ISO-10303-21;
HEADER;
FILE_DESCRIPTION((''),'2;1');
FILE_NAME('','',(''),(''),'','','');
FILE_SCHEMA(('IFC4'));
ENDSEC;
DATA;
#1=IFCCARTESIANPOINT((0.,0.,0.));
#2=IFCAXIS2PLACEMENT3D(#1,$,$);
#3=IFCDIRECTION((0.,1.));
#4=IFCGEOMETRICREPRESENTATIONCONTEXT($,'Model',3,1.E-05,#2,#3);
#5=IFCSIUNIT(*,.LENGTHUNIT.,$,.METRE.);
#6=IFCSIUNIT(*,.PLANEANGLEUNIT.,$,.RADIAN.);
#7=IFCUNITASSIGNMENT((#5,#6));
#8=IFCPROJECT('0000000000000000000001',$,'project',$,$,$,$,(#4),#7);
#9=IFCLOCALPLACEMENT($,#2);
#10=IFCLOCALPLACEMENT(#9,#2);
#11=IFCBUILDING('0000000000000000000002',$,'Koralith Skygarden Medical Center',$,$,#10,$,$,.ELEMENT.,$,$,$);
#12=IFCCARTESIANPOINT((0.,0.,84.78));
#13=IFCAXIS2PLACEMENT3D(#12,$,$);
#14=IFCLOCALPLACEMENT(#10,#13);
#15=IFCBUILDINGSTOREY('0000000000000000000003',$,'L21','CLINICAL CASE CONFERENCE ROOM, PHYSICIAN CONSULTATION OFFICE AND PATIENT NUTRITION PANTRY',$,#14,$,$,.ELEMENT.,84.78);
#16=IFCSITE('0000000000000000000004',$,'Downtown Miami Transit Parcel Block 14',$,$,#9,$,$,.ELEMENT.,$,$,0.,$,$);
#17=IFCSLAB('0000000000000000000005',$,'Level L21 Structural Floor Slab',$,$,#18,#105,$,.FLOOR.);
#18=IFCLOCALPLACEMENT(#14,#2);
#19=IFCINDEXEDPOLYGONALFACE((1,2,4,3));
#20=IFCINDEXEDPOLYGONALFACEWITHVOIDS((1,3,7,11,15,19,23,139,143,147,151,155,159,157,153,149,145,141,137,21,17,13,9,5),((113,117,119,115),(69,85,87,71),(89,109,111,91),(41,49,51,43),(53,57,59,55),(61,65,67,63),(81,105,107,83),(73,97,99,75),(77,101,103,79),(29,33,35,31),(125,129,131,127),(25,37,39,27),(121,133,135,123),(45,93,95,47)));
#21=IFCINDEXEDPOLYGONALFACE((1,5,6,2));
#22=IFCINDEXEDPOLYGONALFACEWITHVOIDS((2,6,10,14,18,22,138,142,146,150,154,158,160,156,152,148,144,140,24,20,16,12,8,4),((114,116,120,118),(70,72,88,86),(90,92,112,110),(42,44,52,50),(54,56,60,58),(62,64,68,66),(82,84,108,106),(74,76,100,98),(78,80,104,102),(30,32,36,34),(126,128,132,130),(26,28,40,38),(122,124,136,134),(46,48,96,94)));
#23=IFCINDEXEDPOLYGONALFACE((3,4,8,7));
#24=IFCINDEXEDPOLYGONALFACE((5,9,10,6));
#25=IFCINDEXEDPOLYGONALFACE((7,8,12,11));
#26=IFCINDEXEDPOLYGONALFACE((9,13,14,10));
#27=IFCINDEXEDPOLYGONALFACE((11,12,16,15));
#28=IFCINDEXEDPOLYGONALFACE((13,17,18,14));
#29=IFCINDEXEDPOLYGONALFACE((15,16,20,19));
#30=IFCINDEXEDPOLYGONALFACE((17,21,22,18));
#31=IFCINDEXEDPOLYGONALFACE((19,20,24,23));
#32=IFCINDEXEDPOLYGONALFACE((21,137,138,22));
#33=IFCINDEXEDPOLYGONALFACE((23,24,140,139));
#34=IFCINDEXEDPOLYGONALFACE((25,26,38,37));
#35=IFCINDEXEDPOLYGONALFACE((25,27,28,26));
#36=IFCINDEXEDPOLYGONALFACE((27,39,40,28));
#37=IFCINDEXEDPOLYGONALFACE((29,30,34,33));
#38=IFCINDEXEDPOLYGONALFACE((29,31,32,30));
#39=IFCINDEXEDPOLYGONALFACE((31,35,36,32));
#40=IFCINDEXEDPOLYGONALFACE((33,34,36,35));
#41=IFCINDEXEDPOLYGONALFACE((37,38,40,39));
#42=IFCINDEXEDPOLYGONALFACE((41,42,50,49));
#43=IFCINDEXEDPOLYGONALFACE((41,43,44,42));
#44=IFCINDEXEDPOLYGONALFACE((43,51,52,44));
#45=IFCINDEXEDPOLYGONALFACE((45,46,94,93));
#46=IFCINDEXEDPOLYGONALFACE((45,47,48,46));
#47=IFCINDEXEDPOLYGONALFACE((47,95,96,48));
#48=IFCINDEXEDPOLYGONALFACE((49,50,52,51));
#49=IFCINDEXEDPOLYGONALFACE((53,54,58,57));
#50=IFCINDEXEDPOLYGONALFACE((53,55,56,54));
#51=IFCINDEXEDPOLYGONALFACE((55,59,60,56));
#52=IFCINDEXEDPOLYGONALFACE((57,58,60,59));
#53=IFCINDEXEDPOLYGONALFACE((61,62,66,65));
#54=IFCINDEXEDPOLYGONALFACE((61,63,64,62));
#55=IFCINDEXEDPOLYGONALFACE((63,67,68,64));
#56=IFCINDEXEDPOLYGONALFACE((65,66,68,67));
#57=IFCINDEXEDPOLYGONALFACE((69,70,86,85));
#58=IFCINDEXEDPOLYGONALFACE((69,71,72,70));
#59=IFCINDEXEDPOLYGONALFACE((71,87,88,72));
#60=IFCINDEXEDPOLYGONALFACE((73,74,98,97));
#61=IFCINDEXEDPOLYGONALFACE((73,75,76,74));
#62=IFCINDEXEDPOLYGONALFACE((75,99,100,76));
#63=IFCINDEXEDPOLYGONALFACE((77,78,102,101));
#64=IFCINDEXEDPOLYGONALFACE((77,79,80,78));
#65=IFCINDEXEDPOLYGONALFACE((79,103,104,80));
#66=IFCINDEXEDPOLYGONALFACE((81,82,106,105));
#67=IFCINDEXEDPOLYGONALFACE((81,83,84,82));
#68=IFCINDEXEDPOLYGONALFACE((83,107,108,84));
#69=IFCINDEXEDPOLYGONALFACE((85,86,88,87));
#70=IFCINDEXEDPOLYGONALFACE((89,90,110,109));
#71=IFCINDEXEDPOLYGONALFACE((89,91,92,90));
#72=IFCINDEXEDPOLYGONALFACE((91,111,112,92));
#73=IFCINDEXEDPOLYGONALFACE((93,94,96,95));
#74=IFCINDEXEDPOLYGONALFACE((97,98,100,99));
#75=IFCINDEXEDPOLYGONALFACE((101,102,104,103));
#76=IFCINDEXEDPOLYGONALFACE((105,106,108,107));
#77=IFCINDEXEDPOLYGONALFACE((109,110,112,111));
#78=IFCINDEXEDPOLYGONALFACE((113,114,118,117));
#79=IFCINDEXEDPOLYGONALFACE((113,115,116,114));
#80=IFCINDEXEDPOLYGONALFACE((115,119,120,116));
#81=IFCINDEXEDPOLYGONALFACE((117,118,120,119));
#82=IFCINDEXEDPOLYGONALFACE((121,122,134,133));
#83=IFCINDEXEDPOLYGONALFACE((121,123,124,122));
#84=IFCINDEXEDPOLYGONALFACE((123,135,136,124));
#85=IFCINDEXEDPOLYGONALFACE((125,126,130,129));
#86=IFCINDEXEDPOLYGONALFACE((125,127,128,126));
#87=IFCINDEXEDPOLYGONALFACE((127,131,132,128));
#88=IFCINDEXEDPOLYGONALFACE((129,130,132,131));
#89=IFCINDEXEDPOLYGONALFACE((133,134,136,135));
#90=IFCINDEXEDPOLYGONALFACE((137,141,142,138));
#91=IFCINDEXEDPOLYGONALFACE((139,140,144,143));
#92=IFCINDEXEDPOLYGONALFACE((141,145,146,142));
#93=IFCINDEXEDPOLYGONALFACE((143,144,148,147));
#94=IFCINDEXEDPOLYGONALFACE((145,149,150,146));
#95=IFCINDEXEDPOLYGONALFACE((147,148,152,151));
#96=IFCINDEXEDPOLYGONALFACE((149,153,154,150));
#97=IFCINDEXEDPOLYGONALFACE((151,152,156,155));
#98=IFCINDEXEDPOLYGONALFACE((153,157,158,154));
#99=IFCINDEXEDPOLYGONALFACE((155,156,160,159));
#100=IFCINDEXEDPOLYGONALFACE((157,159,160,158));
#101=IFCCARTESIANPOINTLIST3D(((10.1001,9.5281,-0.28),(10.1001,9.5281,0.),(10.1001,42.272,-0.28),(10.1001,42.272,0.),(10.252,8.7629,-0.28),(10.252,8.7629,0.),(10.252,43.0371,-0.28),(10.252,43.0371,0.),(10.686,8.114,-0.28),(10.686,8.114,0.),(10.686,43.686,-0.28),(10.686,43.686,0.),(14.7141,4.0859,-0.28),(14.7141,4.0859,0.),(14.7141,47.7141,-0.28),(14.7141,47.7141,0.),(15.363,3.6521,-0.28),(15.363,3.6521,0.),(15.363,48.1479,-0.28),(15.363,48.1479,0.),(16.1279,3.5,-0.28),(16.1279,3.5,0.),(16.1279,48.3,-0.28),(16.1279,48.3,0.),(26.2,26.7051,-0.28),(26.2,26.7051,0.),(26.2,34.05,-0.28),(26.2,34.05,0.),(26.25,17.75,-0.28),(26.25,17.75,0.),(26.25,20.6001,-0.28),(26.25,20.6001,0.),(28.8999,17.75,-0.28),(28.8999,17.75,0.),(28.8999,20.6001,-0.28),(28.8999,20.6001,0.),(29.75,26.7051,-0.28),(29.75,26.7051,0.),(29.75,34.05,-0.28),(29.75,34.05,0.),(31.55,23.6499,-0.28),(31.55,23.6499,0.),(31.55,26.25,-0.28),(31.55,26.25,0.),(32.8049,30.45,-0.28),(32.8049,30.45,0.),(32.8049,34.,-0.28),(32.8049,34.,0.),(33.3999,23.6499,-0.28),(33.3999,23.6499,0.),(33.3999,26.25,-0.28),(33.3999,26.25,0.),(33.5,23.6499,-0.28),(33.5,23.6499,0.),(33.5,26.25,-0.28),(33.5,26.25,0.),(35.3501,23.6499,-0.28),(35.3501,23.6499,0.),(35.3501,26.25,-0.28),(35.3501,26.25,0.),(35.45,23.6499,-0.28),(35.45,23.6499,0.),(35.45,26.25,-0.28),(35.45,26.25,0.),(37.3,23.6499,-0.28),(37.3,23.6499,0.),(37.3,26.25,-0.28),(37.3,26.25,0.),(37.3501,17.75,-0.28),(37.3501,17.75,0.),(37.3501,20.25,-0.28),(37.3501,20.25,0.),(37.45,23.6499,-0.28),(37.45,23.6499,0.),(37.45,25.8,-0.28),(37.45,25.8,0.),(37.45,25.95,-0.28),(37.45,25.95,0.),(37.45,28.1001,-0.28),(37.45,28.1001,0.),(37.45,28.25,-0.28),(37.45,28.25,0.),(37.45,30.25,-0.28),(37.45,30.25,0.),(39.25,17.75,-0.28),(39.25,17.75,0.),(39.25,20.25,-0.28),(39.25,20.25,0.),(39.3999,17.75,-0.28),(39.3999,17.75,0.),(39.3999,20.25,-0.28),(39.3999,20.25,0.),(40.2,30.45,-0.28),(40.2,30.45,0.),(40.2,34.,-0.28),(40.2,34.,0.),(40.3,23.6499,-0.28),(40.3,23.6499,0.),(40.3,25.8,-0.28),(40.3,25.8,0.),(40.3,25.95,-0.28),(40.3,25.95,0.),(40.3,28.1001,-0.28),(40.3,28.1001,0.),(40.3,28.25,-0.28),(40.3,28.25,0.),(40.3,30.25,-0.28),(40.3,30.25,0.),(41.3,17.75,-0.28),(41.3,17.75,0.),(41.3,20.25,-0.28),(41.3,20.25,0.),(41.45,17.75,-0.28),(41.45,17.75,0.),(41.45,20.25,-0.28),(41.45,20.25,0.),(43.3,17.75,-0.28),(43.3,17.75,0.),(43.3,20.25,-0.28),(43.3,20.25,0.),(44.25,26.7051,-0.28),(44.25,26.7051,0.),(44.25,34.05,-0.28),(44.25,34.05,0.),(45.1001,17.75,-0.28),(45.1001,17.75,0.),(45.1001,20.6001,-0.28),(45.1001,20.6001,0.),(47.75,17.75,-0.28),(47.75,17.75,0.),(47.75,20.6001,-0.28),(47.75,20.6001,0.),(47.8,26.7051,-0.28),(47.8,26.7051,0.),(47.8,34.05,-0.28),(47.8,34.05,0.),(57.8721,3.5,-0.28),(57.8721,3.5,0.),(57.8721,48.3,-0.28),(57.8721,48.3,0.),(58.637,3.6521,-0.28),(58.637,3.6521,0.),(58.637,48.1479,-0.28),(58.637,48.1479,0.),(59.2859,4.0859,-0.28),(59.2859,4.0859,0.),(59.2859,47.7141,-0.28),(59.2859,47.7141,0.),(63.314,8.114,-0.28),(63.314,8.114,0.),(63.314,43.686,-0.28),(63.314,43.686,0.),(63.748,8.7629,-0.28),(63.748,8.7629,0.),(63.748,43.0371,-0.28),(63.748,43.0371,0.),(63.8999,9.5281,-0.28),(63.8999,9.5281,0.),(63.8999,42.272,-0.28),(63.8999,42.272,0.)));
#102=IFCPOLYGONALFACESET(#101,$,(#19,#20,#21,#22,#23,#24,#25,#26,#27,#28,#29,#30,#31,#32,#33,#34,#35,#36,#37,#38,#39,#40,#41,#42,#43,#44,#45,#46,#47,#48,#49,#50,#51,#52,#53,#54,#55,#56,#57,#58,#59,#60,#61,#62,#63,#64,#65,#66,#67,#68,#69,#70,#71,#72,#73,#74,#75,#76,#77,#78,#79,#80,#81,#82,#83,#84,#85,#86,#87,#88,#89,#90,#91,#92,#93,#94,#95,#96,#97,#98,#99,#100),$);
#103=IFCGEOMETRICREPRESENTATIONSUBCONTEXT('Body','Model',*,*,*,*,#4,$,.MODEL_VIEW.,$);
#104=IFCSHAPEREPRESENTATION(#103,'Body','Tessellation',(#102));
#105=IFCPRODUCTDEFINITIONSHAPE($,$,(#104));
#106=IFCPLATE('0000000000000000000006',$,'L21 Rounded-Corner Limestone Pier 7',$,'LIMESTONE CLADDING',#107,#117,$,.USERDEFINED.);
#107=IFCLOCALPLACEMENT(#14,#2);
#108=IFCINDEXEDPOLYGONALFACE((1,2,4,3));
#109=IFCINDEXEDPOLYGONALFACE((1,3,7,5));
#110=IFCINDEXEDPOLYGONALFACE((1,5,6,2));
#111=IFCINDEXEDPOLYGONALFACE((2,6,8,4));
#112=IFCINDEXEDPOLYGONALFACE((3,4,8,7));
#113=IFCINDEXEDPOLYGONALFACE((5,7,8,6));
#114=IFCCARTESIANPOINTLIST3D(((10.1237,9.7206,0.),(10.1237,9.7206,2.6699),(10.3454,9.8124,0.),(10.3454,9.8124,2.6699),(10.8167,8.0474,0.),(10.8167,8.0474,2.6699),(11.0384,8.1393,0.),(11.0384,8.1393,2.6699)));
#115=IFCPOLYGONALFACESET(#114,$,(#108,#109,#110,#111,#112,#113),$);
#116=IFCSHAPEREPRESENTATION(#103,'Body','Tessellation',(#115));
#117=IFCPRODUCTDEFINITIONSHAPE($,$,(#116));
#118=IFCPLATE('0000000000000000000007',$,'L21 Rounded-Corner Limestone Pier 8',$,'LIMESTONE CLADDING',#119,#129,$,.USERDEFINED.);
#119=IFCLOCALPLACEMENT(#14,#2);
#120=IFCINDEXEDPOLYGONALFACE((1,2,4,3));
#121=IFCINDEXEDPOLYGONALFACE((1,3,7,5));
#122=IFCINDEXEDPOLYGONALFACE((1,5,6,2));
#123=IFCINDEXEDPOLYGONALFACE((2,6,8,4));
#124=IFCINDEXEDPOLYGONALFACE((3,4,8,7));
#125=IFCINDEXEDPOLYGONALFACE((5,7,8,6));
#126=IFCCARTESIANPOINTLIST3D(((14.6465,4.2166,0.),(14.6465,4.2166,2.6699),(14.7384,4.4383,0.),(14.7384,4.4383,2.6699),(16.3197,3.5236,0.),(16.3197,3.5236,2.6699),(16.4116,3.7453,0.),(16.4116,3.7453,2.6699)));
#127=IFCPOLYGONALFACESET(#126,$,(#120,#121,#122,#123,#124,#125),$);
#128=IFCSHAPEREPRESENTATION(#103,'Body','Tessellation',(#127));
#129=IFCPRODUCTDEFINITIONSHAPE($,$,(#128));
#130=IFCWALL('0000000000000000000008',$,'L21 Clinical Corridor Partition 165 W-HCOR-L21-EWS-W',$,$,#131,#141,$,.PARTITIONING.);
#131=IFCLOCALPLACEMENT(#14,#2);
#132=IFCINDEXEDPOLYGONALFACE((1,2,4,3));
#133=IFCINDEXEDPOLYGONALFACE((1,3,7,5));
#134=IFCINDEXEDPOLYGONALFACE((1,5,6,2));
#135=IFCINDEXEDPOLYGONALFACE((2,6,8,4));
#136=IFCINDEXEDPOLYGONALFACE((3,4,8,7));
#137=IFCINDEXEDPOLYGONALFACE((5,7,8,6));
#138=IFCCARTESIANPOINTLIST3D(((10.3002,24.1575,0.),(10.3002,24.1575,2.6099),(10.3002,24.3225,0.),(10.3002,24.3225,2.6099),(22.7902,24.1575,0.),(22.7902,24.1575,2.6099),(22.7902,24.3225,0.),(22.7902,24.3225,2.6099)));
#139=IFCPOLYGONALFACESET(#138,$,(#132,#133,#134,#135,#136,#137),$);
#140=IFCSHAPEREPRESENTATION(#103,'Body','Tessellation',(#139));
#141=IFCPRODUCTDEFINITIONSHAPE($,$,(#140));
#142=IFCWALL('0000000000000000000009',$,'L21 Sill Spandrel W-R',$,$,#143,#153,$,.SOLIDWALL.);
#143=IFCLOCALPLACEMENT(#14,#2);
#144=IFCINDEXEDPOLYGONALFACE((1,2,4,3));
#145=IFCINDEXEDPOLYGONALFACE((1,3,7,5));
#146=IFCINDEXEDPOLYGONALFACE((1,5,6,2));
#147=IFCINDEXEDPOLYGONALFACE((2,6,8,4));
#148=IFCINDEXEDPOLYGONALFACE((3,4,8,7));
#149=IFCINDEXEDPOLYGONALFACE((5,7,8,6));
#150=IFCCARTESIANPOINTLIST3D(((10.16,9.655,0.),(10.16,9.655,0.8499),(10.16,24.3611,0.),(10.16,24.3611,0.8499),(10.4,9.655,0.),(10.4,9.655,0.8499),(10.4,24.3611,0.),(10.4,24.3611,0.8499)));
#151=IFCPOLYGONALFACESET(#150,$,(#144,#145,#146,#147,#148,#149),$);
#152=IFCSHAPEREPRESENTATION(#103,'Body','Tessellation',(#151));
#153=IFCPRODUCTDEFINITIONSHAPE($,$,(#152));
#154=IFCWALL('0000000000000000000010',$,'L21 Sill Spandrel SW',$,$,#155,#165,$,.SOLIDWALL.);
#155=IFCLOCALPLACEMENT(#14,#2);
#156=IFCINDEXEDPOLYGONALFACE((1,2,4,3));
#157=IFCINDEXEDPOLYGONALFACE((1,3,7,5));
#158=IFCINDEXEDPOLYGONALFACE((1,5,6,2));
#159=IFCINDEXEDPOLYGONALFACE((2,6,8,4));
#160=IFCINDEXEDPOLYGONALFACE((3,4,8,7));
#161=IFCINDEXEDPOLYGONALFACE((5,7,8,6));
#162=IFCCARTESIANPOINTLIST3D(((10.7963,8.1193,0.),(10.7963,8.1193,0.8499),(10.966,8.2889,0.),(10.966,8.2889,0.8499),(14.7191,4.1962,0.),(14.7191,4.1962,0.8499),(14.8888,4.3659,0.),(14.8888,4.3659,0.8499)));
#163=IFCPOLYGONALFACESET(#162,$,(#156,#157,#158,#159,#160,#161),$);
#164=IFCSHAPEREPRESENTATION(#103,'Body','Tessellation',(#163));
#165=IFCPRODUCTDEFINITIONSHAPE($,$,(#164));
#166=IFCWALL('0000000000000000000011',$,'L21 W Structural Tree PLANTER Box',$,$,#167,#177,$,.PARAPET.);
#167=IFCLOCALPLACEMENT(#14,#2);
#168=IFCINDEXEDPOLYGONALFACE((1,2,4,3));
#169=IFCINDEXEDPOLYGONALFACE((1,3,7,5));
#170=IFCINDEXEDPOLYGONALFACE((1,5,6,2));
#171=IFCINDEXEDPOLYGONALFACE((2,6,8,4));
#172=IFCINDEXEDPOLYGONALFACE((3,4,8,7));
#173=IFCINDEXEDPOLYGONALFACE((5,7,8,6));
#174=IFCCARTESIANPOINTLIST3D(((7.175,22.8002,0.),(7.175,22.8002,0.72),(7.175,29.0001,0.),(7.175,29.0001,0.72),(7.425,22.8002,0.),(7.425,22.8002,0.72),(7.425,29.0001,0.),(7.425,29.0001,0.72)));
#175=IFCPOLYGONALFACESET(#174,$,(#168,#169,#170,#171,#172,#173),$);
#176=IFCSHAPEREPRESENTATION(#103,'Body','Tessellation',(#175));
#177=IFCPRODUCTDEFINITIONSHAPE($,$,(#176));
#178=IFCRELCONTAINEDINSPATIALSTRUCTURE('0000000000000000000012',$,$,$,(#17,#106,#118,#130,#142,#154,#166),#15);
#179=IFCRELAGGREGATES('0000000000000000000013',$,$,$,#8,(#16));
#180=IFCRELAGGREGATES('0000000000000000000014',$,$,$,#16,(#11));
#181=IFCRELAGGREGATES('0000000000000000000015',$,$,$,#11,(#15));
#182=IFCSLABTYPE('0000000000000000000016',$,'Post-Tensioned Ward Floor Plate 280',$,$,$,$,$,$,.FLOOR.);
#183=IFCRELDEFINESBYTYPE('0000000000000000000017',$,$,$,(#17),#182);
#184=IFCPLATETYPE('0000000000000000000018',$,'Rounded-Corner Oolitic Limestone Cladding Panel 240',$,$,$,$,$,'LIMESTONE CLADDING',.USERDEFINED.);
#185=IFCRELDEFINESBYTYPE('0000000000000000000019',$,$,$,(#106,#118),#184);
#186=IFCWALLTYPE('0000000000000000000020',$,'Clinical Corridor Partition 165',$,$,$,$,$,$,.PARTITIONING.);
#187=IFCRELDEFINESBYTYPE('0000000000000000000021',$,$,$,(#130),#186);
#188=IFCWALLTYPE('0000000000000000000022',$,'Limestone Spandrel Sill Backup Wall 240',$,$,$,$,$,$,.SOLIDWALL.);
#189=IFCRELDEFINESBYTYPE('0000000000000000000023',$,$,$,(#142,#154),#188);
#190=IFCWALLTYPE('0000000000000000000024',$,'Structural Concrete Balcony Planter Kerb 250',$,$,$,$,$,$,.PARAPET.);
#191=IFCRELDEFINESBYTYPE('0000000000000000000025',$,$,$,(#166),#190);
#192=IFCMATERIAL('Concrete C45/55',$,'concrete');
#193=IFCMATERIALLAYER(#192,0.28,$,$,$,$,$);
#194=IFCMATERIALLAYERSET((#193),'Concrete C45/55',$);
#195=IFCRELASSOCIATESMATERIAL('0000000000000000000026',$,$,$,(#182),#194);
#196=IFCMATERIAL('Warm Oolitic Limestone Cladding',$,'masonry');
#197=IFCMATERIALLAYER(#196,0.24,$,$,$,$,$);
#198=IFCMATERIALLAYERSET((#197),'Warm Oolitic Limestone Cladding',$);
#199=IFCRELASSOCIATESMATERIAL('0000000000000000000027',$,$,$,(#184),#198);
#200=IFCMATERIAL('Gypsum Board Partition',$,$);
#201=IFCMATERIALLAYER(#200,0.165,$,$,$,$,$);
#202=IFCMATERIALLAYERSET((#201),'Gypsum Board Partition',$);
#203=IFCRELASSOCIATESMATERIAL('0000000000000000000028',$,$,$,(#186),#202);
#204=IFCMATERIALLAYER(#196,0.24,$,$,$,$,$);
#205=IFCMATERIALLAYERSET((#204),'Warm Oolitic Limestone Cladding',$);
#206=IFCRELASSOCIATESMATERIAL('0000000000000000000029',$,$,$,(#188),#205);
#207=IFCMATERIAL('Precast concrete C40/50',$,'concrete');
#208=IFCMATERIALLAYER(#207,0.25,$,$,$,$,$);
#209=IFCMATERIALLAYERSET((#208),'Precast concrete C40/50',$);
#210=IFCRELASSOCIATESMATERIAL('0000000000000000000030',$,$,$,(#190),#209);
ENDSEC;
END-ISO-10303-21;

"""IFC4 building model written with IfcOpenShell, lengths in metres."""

from ifc_helpers import new_model, si_unit, direction, frame, frame_2d, origin, origin_2d, place, context, subcontext, project, spatial, polyline, rectangle, outline, extrude, material, layer, layer_set, type_object, element, save


model = new_model("IFC4")

# Units and contexts
model_context = context("Model", 3, precision=1e-05, world=origin(), true_north=direction((0.0, 1.0)))
body_context = subcontext(model_context, "Body", "Model", "MODEL_VIEW")
ifc_project = project(units=[si_unit("LENGTHUNIT", "METRE"), si_unit("PLANEANGLEUNIT", "RADIAN")], contexts=[model_context])

# Site, building, storey
site_placement = place(None, origin())
site = spatial("IfcSite", under=ifc_project, at=site_placement, Name="Downtown Miami Transit Parcel Block 14", CompositionType="ELEMENT", RefElevation=0.0)
building_placement = place(site_placement, origin())
building = spatial("IfcBuilding", under=site, at=building_placement, Name="Koralith Skygarden Medical Center", CompositionType="ELEMENT")
storey_placement = place(building_placement, frame((0.0, 0.0, 84.78)))
storey = spatial("IfcBuildingStorey", under=building, at=storey_placement, Name="L21", Description="CLINICAL CASE CONFERENCE ROOM, PHYSICIAN CONSULTATION OFFICE AND PATIENT NUTRITION PANTRY", CompositionType="ELEMENT", Elevation=84.78)

# Shared definitions
ifc_material_1 = material(Name="Concrete C45/55", Category="concrete")

# Slab
ifc_layer_1 = layer(ifc_material_1, 0.28)
ifc_layer_set_1 = layer_set([ifc_layer_1], Name="Concrete C45/55")
slab_type_1 = type_object("IfcSlabType", Name="Post-Tensioned Ward Floor Plate 280", PredefinedType="FLOOR", material=ifc_layer_set_1)
slab_1_placement = place(storey_placement, frame((0.0, 0.0, -0.28)))
element("IfcSlab", 1, at=slab_1_placement, inside=storey, type_object=slab_type_1, Name="Level L21 Structural Floor Slab", PredefinedType="FLOOR", context=body_context, shape_type="SweptSolid", body=[
    extrude(outline(polyline([(14.7141, 4.0859), (15.363, 3.6521), (16.1279, 3.5), (57.8721, 3.5), (58.637, 3.6521), (59.2859, 4.0859), (63.314, 8.114), (63.748, 8.7629), (63.8999, 9.5281), (63.8999, 42.272), (63.748, 43.0371), (63.314, 43.686), (59.2859, 47.7141), (58.637, 48.1479), (57.8721, 48.3), (16.1279, 48.3), (15.363, 48.1479), (14.7141, 47.7141), (10.686, 43.686), (10.252, 43.0371), (10.1001, 42.272), (10.1001, 9.5281), (10.252, 8.7629), (10.686, 8.114), (14.7141, 4.0859)]), holes=[polyline([(26.2, 26.7051), (29.75, 26.7051), (29.75, 34.05), (26.2, 34.05), (26.2, 26.7051)]), polyline([(44.25, 26.7051), (47.8, 26.7051), (47.8, 34.05), (44.25, 34.05), (44.25, 26.7051)]), polyline([(32.8049, 30.45), (40.2, 30.45), (40.2, 34.0), (32.8049, 34.0), (32.8049, 30.45)]), polyline([(26.25, 17.75), (28.8999, 17.75), (28.8999, 20.6001), (26.25, 20.6001), (26.25, 17.75)]), polyline([(45.1001, 17.75), (47.75, 17.75), (47.75, 20.6001), (45.1001, 20.6001), (45.1001, 17.75)]), polyline([(37.3501, 17.75), (39.25, 17.75), (39.25, 20.25), (37.3501, 20.25), (37.3501, 17.75)]), polyline([(39.3999, 17.75), (41.3, 17.75), (41.3, 20.25), (39.3999, 20.25), (39.3999, 17.75)]), polyline([(41.45, 17.75), (43.3, 17.75), (43.3, 20.25), (41.45, 20.25), (41.45, 17.75)]), polyline([(31.55, 23.6499), (33.3999, 23.6499), (33.3999, 26.25), (31.55, 26.25), (31.55, 23.6499)]), polyline([(33.5, 23.6499), (35.3501, 23.6499), (35.3501, 26.25), (33.5, 26.25), (33.5, 23.6499)]), polyline([(35.45, 23.6499), (37.3, 23.6499), (37.3, 26.25), (35.45, 26.25), (35.45, 23.6499)]), polyline([(37.45, 23.6499), (40.3, 23.6499), (40.3, 25.8), (37.45, 25.8), (37.45, 23.6499)]), polyline([(37.45, 25.95), (40.3, 25.95), (40.3, 28.1001), (37.45, 28.1001), (37.45, 25.95)]), polyline([(37.45, 28.25), (40.3, 28.25), (40.3, 30.25), (37.45, 30.25), (37.45, 28.25)])]), origin(), (0.0, 0.0, 1.0), 0.28),
])

# Plates
ifc_material_2 = material(Name="Warm Oolitic Limestone Cladding", Category="masonry")
ifc_layer_2 = layer(ifc_material_2, 0.24)
ifc_layer_set_2 = layer_set([ifc_layer_2], Name="Warm Oolitic Limestone Cladding")
plate_type_1 = type_object("IfcPlateType", Name="Rounded-Corner Oolitic Limestone Cladding Panel 240", ElementType="LIMESTONE CLADDING", PredefinedType="USERDEFINED", material=ifc_layer_set_2)
for number, where, z_axis, x_axis, name in (
    (2, (10.5811, 8.9299, 0.0), (0.0, 0.0, 1.0), (0.382671, -0.923885, 0.0), "L21 Rounded-Corner Limestone Pier 7"),
    (3, (15.5291, 3.981, 0.0), (0.0, 0.0, 1.0), (0.923885, -0.382671, 0.0), "L21 Rounded-Corner Limestone Pier 8"),
):
    element("IfcPlate", number, at=place(storey_placement, frame(where, z_axis=z_axis, x_axis=x_axis)), inside=storey, type_object=plate_type_1, Name=name, ObjectType="LIMESTONE CLADDING", PredefinedType="USERDEFINED", context=body_context, shape_type="SweptSolid", body=[
        extrude(rectangle(XDim=1.811, YDim=0.24, at=origin_2d()), origin(), (0.0, 0.0, 1.0), 2.6699),
    ])

# Walls
ifc_material_3 = material(Name="Gypsum Board Partition")
ifc_layer_3 = layer(ifc_material_3, 0.165)
ifc_layer_set_3 = layer_set([ifc_layer_3], Name="Gypsum Board Partition")
wall_type_1 = type_object("IfcWallType", Name="Clinical Corridor Partition 165", PredefinedType="PARTITIONING", material=ifc_layer_set_3)
wall_1_placement = place(storey_placement, frame((10.3, 24.24, 0.0), z_axis=(0.0, 0.0, 1.0), x_axis=(1.0, 0.0, 0.0)))
element("IfcWall", 4, at=wall_1_placement, inside=storey, type_object=wall_type_1, Name="L21 Clinical Corridor Partition 165 W-HCOR-L21-EWS-W", PredefinedType="PARTITIONING", context=body_context, shape_type="SweptSolid", body=[
    extrude(rectangle(XDim=12.49, YDim=0.165, at=frame_2d((6.2451, 0.0))), origin(), (0.0, 0.0, 1.0), 2.6099),
])
ifc_layer_4 = layer(ifc_material_2, 0.24)
ifc_layer_set_4 = layer_set([ifc_layer_4], Name="Warm Oolitic Limestone Cladding")
wall_type_2 = type_object("IfcWallType", Name="Limestone Spandrel Sill Backup Wall 240", PredefinedType="SOLIDWALL", material=ifc_layer_set_4)
wall_2_placement = place(storey_placement, frame((10.28, 24.3611, 0.0), z_axis=(0.0, 0.0, 1.0), x_axis=(0.0, -1.0, 0.0)))
element("IfcWall", 5, at=wall_2_placement, inside=storey, type_object=wall_type_2, Name="L21 Sill Spandrel W-R", PredefinedType="SOLIDWALL", context=body_context, shape_type="SweptSolid", body=[
    extrude(rectangle(XDim=14.7061, YDim=0.24, at=frame_2d((7.353, 0.0))), origin(), (0.0, 0.0, 1.0), 0.8499),
])
wall_3_placement = place(storey_placement, frame((10.8811, 8.2041, 0.0), z_axis=(0.0, 0.0, 1.0), x_axis=(0.707085, -0.707129, 0.0)))
element("IfcWall", 6, at=wall_3_placement, inside=storey, type_object=wall_type_2, Name="L21 Sill Spandrel SW", PredefinedType="SOLIDWALL", context=body_context, shape_type="SweptSolid", body=[
    extrude(rectangle(XDim=5.5479, YDim=0.24, at=frame_2d((2.7739, 0.0))), origin(), (0.0, 0.0, 1.0), 0.8499),
])
ifc_material_4 = material(Name="Precast concrete C40/50", Category="concrete")
ifc_layer_5 = layer(ifc_material_4, 0.25)
ifc_layer_set_5 = layer_set([ifc_layer_5], Name="Precast concrete C40/50")
wall_type_3 = type_object("IfcWallType", Name="Structural Concrete Balcony Planter Kerb 250", PredefinedType="PARAPET", material=ifc_layer_set_5)
wall_4_placement = place(storey_placement, frame((7.3, 22.8, 0.0), z_axis=(0.0, 0.0, 1.0), x_axis=(0.0, 1.0, 0.0)))
element("IfcWall", 7, at=wall_4_placement, inside=storey, type_object=wall_type_3, Name="L21 W Structural Tree PLANTER Box", PredefinedType="PARAPET", context=body_context, shape_type="SweptSolid", body=[
    extrude(rectangle(XDim=6.2, YDim=0.25, at=frame_2d((3.1001, 0.0))), origin(), (0.0, 0.0, 1.0), 0.72),
])

save(model, "model.ifc")
